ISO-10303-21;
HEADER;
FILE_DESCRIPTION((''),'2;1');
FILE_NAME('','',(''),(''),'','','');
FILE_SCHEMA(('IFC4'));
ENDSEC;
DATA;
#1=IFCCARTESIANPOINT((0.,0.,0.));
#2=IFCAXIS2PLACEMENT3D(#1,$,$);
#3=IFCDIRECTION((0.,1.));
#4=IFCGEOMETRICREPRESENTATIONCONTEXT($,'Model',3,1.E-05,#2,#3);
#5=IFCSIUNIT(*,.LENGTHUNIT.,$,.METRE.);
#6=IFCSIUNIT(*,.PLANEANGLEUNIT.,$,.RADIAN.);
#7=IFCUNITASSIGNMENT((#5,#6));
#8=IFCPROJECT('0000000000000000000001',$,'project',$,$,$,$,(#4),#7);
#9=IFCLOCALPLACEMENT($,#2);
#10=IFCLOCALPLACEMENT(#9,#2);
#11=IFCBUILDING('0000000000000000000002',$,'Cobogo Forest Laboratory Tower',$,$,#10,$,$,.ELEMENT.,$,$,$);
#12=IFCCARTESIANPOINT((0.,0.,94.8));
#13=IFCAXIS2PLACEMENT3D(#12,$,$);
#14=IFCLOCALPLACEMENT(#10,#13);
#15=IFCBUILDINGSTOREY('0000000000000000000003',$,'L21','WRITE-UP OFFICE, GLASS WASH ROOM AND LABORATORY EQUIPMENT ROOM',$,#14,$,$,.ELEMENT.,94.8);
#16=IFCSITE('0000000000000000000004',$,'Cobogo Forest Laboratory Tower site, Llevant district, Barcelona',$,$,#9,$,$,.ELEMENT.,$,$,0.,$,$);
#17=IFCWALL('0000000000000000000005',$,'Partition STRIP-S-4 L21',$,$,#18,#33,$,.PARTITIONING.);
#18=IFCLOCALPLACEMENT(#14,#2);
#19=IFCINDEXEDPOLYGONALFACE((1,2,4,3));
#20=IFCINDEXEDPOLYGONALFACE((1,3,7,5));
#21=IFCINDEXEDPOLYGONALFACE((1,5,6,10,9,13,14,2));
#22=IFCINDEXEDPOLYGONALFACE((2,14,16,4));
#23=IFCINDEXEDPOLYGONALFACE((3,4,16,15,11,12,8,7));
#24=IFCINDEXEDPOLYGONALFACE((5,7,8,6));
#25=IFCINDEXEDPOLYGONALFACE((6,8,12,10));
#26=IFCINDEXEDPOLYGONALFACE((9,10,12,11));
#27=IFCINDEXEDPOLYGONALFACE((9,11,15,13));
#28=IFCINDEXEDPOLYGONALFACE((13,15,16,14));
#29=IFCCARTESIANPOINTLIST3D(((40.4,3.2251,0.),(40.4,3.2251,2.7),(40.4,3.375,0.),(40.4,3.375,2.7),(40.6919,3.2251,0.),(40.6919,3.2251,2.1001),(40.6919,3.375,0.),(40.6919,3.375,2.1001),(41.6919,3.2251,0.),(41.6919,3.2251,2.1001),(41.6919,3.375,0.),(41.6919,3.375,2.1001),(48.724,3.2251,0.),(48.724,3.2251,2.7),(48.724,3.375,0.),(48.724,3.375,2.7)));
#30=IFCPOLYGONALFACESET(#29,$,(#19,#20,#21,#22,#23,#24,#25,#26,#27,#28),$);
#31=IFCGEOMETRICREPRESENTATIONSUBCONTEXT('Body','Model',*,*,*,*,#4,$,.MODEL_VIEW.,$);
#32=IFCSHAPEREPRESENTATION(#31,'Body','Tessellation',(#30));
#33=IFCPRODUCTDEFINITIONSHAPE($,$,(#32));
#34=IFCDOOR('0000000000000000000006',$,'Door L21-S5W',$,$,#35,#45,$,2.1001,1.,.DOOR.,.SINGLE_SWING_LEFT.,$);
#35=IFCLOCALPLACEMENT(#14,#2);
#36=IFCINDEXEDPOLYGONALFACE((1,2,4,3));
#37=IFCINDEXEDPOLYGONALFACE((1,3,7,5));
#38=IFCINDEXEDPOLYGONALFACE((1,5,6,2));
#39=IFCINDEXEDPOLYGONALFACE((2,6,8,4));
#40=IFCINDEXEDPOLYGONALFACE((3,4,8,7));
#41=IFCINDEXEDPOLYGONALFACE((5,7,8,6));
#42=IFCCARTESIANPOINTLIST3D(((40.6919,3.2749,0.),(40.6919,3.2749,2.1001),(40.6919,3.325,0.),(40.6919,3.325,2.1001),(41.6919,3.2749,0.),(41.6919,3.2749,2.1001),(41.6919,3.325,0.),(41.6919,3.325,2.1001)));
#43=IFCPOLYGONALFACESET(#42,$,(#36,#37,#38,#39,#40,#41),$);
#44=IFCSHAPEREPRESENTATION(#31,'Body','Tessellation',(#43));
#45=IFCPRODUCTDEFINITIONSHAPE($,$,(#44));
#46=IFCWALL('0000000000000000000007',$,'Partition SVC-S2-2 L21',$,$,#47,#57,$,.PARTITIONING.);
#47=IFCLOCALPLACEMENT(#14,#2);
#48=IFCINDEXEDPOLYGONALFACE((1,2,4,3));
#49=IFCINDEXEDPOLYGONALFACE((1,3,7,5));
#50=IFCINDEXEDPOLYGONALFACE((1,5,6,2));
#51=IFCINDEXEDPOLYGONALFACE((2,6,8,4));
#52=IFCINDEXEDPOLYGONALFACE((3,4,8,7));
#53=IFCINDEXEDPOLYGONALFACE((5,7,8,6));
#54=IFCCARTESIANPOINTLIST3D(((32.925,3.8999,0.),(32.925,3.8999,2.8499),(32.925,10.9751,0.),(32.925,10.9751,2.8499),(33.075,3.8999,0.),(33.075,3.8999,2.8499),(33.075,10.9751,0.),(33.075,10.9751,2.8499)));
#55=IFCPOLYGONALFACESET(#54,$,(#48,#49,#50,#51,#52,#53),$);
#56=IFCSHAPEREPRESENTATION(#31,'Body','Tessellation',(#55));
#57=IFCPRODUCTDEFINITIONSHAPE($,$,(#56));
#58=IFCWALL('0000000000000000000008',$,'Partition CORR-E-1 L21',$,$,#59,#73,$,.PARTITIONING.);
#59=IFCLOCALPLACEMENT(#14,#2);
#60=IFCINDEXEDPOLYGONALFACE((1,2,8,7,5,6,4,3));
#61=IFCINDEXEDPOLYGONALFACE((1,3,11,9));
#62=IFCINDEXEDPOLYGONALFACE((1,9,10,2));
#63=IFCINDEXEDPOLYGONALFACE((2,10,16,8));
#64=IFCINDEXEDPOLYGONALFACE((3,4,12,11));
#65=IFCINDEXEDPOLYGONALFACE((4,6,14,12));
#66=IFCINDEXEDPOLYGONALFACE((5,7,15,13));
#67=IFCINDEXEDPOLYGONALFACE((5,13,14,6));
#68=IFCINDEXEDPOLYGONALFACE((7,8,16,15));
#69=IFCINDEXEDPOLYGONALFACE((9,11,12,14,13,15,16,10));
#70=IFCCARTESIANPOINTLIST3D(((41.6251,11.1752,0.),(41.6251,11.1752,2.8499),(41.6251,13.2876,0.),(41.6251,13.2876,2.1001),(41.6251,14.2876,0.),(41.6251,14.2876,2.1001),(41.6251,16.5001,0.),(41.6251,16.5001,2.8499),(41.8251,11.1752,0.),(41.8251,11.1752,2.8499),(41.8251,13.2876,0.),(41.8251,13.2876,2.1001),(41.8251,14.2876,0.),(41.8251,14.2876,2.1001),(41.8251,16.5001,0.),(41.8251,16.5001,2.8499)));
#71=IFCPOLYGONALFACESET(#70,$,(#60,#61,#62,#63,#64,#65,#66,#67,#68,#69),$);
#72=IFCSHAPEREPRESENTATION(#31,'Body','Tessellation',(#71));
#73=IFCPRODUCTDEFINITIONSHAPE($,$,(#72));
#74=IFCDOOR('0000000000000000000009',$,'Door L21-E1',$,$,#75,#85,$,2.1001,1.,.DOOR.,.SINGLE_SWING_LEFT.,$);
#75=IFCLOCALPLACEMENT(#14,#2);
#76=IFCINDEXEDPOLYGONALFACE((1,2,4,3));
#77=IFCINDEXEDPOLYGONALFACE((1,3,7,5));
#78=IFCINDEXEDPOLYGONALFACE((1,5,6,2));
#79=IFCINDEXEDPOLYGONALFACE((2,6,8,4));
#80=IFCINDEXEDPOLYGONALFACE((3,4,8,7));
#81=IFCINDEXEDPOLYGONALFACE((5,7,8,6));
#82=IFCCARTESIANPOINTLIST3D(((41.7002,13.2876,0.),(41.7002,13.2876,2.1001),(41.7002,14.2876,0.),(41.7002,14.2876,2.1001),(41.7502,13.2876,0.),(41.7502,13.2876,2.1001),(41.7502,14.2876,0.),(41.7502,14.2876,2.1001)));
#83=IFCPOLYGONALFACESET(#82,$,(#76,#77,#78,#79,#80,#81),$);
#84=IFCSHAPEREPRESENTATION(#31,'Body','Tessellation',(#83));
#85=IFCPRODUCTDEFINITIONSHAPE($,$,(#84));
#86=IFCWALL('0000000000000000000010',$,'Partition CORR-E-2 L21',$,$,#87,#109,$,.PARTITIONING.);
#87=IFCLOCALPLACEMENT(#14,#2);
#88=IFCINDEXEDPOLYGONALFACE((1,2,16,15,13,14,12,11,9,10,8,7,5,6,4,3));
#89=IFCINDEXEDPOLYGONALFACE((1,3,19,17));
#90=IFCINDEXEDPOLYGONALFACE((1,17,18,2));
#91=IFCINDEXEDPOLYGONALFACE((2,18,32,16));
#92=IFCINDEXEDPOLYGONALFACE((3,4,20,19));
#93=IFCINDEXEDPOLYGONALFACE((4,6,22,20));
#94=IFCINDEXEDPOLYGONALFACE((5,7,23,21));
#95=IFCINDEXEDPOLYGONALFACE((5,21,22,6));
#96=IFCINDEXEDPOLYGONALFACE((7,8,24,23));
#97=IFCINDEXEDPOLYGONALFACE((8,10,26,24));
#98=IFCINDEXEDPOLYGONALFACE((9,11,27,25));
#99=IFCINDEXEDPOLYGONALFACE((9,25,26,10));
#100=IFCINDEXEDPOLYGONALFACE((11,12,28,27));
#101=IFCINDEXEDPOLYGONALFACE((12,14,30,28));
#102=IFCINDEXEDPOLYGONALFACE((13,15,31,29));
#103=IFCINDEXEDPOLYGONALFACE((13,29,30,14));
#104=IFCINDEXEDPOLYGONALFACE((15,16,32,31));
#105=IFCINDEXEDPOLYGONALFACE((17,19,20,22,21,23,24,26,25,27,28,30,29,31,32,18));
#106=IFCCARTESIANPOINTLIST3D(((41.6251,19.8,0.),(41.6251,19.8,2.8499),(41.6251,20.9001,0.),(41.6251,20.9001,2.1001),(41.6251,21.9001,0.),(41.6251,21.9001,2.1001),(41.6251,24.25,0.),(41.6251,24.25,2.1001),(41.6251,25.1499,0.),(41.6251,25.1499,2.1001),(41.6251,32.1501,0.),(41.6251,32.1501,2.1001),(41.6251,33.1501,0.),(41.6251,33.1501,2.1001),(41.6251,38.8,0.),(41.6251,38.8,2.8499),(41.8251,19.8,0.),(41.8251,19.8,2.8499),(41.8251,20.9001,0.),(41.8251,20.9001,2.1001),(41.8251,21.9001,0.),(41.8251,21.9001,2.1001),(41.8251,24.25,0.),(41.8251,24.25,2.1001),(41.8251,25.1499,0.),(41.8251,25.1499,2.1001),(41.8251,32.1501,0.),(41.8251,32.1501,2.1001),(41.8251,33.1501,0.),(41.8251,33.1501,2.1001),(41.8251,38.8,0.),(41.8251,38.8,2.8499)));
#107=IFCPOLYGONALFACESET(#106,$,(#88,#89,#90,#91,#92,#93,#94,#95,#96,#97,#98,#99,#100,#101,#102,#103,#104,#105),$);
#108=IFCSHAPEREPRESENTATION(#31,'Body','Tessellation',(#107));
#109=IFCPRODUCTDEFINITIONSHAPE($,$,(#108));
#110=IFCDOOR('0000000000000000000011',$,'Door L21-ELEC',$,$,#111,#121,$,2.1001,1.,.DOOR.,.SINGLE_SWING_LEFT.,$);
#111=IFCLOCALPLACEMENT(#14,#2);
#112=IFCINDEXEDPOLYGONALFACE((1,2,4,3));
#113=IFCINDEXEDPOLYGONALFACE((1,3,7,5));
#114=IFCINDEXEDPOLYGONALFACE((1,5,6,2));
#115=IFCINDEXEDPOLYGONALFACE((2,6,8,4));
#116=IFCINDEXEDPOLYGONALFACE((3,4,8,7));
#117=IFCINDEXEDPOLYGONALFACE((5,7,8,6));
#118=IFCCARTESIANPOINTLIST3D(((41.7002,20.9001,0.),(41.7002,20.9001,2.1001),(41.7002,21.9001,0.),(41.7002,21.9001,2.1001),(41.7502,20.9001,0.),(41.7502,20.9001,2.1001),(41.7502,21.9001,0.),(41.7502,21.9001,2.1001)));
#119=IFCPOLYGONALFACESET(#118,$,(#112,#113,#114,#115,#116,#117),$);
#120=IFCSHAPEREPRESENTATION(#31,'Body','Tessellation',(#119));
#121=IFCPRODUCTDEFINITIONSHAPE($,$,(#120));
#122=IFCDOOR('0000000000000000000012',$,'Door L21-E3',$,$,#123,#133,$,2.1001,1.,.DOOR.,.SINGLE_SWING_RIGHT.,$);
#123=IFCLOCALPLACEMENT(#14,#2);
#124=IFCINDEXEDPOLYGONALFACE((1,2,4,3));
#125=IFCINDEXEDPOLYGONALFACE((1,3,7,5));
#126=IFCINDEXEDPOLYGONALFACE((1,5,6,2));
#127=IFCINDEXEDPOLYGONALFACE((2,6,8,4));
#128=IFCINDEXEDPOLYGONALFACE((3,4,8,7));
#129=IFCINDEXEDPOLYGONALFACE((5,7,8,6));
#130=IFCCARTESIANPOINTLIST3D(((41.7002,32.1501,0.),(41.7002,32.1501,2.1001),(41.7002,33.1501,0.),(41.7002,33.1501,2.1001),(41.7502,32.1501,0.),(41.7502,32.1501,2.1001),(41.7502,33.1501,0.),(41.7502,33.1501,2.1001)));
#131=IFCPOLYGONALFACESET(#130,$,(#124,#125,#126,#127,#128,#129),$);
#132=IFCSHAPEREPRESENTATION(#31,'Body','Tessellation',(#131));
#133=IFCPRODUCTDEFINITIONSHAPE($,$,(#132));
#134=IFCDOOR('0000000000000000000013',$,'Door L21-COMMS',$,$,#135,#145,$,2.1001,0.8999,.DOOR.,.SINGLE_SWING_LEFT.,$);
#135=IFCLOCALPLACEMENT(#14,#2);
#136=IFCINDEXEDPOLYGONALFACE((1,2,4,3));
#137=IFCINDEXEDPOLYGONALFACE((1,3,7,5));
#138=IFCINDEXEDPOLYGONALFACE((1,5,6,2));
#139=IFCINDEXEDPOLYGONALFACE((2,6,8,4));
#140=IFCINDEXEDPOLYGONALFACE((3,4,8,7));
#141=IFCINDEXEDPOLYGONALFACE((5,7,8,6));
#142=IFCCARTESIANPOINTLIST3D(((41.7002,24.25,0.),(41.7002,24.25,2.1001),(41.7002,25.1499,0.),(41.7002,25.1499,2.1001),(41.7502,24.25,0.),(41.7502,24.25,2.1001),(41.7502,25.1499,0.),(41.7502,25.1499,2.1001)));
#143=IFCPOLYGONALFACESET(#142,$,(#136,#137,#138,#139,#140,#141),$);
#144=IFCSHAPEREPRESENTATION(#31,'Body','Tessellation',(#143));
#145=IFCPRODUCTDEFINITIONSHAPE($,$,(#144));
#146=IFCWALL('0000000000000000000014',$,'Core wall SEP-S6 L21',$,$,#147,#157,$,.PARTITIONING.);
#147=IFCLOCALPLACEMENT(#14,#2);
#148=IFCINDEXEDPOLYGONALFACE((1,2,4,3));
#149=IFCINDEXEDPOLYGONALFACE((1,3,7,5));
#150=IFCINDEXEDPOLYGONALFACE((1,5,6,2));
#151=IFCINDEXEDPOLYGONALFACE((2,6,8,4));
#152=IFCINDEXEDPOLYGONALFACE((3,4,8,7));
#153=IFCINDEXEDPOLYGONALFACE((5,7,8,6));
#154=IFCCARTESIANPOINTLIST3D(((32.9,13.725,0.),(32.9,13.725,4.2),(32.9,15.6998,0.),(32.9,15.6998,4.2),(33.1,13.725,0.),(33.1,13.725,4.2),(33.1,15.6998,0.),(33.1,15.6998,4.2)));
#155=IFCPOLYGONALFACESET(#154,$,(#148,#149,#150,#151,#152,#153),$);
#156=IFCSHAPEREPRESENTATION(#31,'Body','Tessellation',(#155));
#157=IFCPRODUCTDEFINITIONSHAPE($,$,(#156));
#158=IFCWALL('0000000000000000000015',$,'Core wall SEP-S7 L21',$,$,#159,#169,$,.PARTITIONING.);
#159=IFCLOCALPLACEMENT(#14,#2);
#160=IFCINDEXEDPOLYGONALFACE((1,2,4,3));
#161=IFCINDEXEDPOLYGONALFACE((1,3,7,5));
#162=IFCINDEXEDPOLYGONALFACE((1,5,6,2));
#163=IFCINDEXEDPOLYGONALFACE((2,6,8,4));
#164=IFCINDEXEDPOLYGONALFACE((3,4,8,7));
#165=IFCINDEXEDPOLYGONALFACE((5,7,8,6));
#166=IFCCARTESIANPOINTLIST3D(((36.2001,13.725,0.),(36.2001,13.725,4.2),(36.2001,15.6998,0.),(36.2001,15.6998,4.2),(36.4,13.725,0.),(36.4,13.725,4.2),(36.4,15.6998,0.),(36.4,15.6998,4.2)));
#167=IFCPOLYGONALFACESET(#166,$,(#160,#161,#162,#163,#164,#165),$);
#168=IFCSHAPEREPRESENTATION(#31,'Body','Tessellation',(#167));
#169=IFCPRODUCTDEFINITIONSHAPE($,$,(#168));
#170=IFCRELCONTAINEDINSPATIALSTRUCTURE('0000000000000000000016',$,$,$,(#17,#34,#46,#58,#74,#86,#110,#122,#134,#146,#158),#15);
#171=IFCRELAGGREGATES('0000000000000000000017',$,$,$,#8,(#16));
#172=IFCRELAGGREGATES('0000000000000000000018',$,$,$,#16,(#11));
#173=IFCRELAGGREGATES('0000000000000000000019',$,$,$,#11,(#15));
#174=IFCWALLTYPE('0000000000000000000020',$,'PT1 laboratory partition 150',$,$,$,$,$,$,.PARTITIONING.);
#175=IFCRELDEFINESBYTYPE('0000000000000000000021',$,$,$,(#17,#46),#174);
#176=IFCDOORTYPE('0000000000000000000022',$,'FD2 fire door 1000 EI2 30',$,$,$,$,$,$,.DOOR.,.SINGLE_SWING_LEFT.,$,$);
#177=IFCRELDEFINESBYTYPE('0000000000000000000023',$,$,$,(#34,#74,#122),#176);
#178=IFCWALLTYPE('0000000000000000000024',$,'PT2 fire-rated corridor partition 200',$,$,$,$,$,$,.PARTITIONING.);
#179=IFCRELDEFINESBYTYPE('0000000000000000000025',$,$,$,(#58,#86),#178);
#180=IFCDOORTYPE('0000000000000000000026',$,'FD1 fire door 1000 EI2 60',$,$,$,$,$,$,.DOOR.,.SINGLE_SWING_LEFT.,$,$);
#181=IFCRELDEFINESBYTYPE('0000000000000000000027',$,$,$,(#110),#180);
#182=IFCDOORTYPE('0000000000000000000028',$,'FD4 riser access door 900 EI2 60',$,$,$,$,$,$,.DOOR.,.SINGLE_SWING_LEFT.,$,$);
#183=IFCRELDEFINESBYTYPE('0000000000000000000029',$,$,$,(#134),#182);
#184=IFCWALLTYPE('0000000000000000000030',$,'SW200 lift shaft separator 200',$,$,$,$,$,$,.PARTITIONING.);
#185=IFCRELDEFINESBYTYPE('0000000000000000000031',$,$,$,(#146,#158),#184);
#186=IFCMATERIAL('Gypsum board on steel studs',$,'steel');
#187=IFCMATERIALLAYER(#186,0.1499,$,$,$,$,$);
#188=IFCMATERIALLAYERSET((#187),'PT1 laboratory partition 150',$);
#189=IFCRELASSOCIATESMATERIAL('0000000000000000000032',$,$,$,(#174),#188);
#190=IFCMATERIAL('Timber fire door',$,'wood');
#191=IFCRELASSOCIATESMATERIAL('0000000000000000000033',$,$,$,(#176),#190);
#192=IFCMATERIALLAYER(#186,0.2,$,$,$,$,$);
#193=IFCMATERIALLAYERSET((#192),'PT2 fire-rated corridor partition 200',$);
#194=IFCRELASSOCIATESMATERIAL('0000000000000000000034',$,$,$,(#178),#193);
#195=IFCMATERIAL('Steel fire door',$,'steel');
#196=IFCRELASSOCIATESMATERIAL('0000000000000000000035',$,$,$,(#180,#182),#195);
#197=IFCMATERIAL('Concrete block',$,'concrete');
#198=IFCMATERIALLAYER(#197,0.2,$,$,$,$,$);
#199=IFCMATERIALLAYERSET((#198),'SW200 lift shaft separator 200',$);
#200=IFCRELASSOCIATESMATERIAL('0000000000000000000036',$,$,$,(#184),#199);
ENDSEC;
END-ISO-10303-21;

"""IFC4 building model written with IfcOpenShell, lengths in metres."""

from ifc_helpers import new_model, si_unit, direction, frame, frame_2d, origin, place, context, subcontext, project, spatial, rectangle, extrude, material, layer, layer_set, type_object, element, fill, save


model = new_model("IFC4")

# Units and contexts
model_context = context("Model", 3, precision=1e-05, world=origin(), true_north=direction((0.0, 1.0)))
body_context = subcontext(model_context, "Body", "Model", "MODEL_VIEW")
ifc_project = project(units=[si_unit("LENGTHUNIT", "METRE"), si_unit("PLANEANGLEUNIT", "RADIAN")], contexts=[model_context])

# Site, building, storey
site_placement = place(None, origin())
site = spatial("IfcSite", under=ifc_project, at=site_placement, Name="Cobogo Forest Laboratory Tower site, Llevant district, Barcelona", CompositionType="ELEMENT", RefElevation=0.0)
building_placement = place(site_placement, origin())
building = spatial("IfcBuilding", under=site, at=building_placement, Name="Cobogo Forest Laboratory Tower", CompositionType="ELEMENT")
storey_placement = place(building_placement, frame((0.0, 0.0, 94.8)))
storey = spatial("IfcBuildingStorey", under=building, at=storey_placement, Name="L21", Description="WRITE-UP OFFICE, GLASS WASH ROOM AND LABORATORY EQUIPMENT ROOM", CompositionType="ELEMENT", Elevation=94.8)

# Shared definitions
ifc_material_1 = material(Name="Steel fire door", Category="steel")

# Shared definitions
ifc_material_2 = material(Name="Gypsum board on steel studs", Category="steel")
ifc_layer_1 = layer(ifc_material_2, 0.1499)
ifc_layer_set_1 = layer_set([ifc_layer_1], Name="PT1 laboratory partition 150")
wall_type_1 = type_object("IfcWallType", Name="PT1 laboratory partition 150", PredefinedType="PARTITIONING", material=ifc_layer_set_1)

# Wall, opening, door
wall_1_placement = place(storey_placement, frame((40.3999, 3.3, 0.0), z_axis=(0.0, 0.0, 1.0), x_axis=(1.0, 0.0, 0.0)))
wall_1 = element("IfcWall", 1, at=wall_1_placement, inside=storey, type_object=wall_type_1, Name="Partition STRIP-S-4 L21", PredefinedType="PARTITIONING", context=body_context, shape_type="SweptSolid", body=[
    extrude(rectangle(XDim=8.324, YDim=0.1499, at=frame_2d((4.1621, 0.0))), origin(), (0.0, 0.0, 1.0), 2.7),
])
opening_1_placement = place(wall_1_placement, frame((0.292, 0.0, 0.0)))
opening_1 = element("IfcOpeningElement", 2, at=opening_1_placement, cuts=wall_1, PredefinedType="OPENING", context=body_context, shape_type="SweptSolid", body=[
    extrude(rectangle(XDim=1.0, YDim=2.1001, at=frame_2d((0.5, 1.05))), frame((0.0, 0.085, 0.0), z_axis=(0.0, -1.0, 0.0), x_axis=(1.0, 0.0, 0.0)), (0.0, 0.0, 1.0), 0.1699),
])
ifc_material_3 = material(Name="Timber fire door", Category="wood")
door_type_1 = type_object("IfcDoorType", Name="FD2 fire door 1000 EI2 30", OperationType="SINGLE_SWING_LEFT", PredefinedType="DOOR", material=ifc_material_3)
door_1_placement = place(opening_1_placement, origin())
door_1 = element("IfcDoor", 3, at=door_1_placement, inside=storey, type_object=door_type_1, Name="Door L21-S5W", OperationType="SINGLE_SWING_LEFT", OverallHeight=2.1001, OverallWidth=1.0, PredefinedType="DOOR", context=body_context, shape_type="SweptSolid", body=[
    extrude(rectangle(XDim=1.0, YDim=2.1001, at=frame_2d((0.5, 1.05))), frame((0.0, 0.0249, 0.0), z_axis=(0.0, -1.0, 0.0), x_axis=(1.0, 0.0, 0.0)), (0.0, 0.0, 1.0), 0.05),
])
fill(opening_1, door_1)

# Wall
wall_2_placement = place(storey_placement, frame((33.0, 3.8999, 0.0), z_axis=(0.0, 0.0, 1.0), x_axis=(0.0, 1.0, 0.0)))
element("IfcWall", 4, at=wall_2_placement, inside=storey, type_object=wall_type_1, Name="Partition SVC-S2-2 L21", PredefinedType="PARTITIONING", context=body_context, shape_type="SweptSolid", body=[
    extrude(rectangle(XDim=7.0752, YDim=0.1499, at=frame_2d((3.5376, 0.0))), origin(), (0.0, 0.0, 1.0), 2.8499),
])

# Wall, opening, door
ifc_layer_2 = layer(ifc_material_2, 0.2)
ifc_layer_set_2 = layer_set([ifc_layer_2], Name="PT2 fire-rated corridor partition 200")
wall_type_2 = type_object("IfcWallType", Name="PT2 fire-rated corridor partition 200", PredefinedType="PARTITIONING", material=ifc_layer_set_2)
wall_3_placement = place(storey_placement, frame((41.7251, 11.175, 0.0), z_axis=(0.0, 0.0, 1.0), x_axis=(0.0, 1.0, 0.0)))
wall_3 = element("IfcWall", 5, at=wall_3_placement, inside=storey, type_object=wall_type_2, Name="Partition CORR-E-1 L21", PredefinedType="PARTITIONING", context=body_context, shape_type="SweptSolid", body=[
    extrude(rectangle(XDim=5.325, YDim=0.2, at=frame_2d((2.6626, 0.0))), origin(), (0.0, 0.0, 1.0), 2.8499),
])
opening_2_placement = place(wall_3_placement, frame((2.1125, 0.0, 0.0)))
opening_2 = element("IfcOpeningElement", 6, at=opening_2_placement, cuts=wall_3, PredefinedType="OPENING", context=body_context, shape_type="SweptSolid", body=[
    extrude(rectangle(XDim=1.0, YDim=2.1001, at=frame_2d((0.5, 1.05))), frame((0.0, 0.1099, 0.0), z_axis=(0.0, -1.0, 0.0), x_axis=(1.0, 0.0, 0.0)), (0.0, 0.0, 1.0), 0.22),
])
door_2_placement = place(opening_2_placement, origin())
door_2 = element("IfcDoor", 7, at=door_2_placement, inside=storey, type_object=door_type_1, Name="Door L21-E1", OperationType="SINGLE_SWING_LEFT", OverallHeight=2.1001, OverallWidth=1.0, PredefinedType="DOOR", context=body_context, shape_type="SweptSolid", body=[
    extrude(rectangle(XDim=1.0, YDim=2.1001, at=frame_2d((0.5, 1.05))), frame((0.0, 0.0249, 0.0), z_axis=(0.0, -1.0, 0.0), x_axis=(1.0, 0.0, 0.0)), (0.0, 0.0, 1.0), 0.05),
])
fill(opening_2, door_2)

# Wall, openings, doors
wall_4_placement = place(storey_placement, frame((41.7251, 19.8, 0.0), z_axis=(0.0, 0.0, 1.0), x_axis=(0.0, 1.0, 0.0)))
wall_4 = element("IfcWall", 8, at=wall_4_placement, inside=storey, type_object=wall_type_2, Name="Partition CORR-E-2 L21", PredefinedType="PARTITIONING", context=body_context, shape_type="SweptSolid", body=[
    extrude(rectangle(XDim=19.0, YDim=0.2, at=frame_2d((9.5, 0.0))), origin(), (0.0, 0.0, 1.0), 2.8499),
])
opening_3_placement = place(wall_4_placement, frame((1.1001, 0.0, 0.0)))
opening_3 = element("IfcOpeningElement", 9, at=opening_3_placement, cuts=wall_4, PredefinedType="OPENING", context=body_context, shape_type="SweptSolid", body=[
    extrude(rectangle(XDim=1.0, YDim=2.1001, at=frame_2d((0.5, 1.05))), frame((0.0, 0.1099, 0.0), z_axis=(0.0, -1.0, 0.0), x_axis=(1.0, 0.0, 0.0)), (0.0, 0.0, 1.0), 0.22),
])
opening_4_placement = place(wall_4_placement, frame((4.45, 0.0, 0.0)))
opening_4 = element("IfcOpeningElement", 10, at=opening_4_placement, cuts=wall_4, PredefinedType="OPENING", context=body_context, shape_type="SweptSolid", body=[
    extrude(rectangle(XDim=0.8999, YDim=2.1001, at=frame_2d((0.45, 1.05))), frame((0.0, 0.1099, 0.0), z_axis=(0.0, -1.0, 0.0), x_axis=(1.0, 0.0, 0.0)), (0.0, 0.0, 1.0), 0.22),
])
opening_5_placement = place(wall_4_placement, frame((12.3501, 0.0, 0.0)))
opening_5 = element("IfcOpeningElement", 11, at=opening_5_placement, cuts=wall_4, PredefinedType="OPENING", context=body_context, shape_type="SweptSolid", body=[
    extrude(rectangle(XDim=1.0, YDim=2.1001, at=frame_2d((0.5, 1.05))), frame((0.0, 0.1099, 0.0), z_axis=(0.0, -1.0, 0.0), x_axis=(1.0, 0.0, 0.0)), (0.0, 0.0, 1.0), 0.22),
])
door_type_2 = type_object("IfcDoorType", Name="FD1 fire door 1000 EI2 60", OperationType="SINGLE_SWING_LEFT", PredefinedType="DOOR", material=ifc_material_1)
door_3_placement = place(opening_3_placement, origin())
door_3 = element("IfcDoor", 12, at=door_3_placement, inside=storey, type_object=door_type_2, Name="Door L21-ELEC", OperationType="SINGLE_SWING_LEFT", OverallHeight=2.1001, OverallWidth=1.0, PredefinedType="DOOR", context=body_context, shape_type="SweptSolid", body=[
    extrude(rectangle(XDim=1.0, YDim=2.1001, at=frame_2d((0.5, 1.05))), frame((0.0, 0.0249, 0.0), z_axis=(0.0, -1.0, 0.0), x_axis=(1.0, 0.0, 0.0)), (0.0, 0.0, 1.0), 0.05),
])
fill(opening_3, door_3)
door_4_placement = place(opening_5_placement, origin())
door_4 = element("IfcDoor", 13, at=door_4_placement, inside=storey, type_object=door_type_1, Name="Door L21-E3", OperationType="SINGLE_SWING_RIGHT", OverallHeight=2.1001, OverallWidth=1.0, PredefinedType="DOOR", context=body_context, shape_type="SweptSolid", body=[
    extrude(rectangle(XDim=1.0, YDim=2.1001, at=frame_2d((0.5, 1.05))), frame((0.0, 0.0249, 0.0), z_axis=(0.0, -1.0, 0.0), x_axis=(1.0, 0.0, 0.0)), (0.0, 0.0, 1.0), 0.05),
])
fill(opening_5, door_4)
door_type_3 = type_object("IfcDoorType", Name="FD4 riser access door 900 EI2 60", OperationType="SINGLE_SWING_LEFT", PredefinedType="DOOR", material=ifc_material_1)
door_5_placement = place(opening_4_placement, origin())
door_5 = element("IfcDoor", 14, at=door_5_placement, inside=storey, type_object=door_type_3, Name="Door L21-COMMS", OperationType="SINGLE_SWING_LEFT", OverallHeight=2.1001, OverallWidth=0.8999, PredefinedType="DOOR", context=body_context, shape_type="SweptSolid", body=[
    extrude(rectangle(XDim=0.8999, YDim=2.1001, at=frame_2d((0.45, 1.05))), frame((0.0, 0.0249, 0.0), z_axis=(0.0, -1.0, 0.0), x_axis=(1.0, 0.0, 0.0)), (0.0, 0.0, 1.0), 0.05),
])
fill(opening_4, door_5)

# Walls
ifc_material_4 = material(Name="Concrete block", Category="concrete")
ifc_layer_3 = layer(ifc_material_4, 0.2)
ifc_layer_set_3 = layer_set([ifc_layer_3], Name="SW200 lift shaft separator 200")
wall_type_3 = type_object("IfcWallType", Name="SW200 lift shaft separator 200", PredefinedType="PARTITIONING", material=ifc_layer_set_3)
for number, where, z_axis, x_axis, name in (
    (15, (33.0, 13.7251, 0.0), (0.0, 0.0, 1.0), (0.0, 1.0, 0.0), "Core wall SEP-S6 L21"),
    (16, (36.3, 13.7251, 0.0), (0.0, 0.0, 1.0), (0.0, 1.0, 0.0), "Core wall SEP-S7 L21"),
):
    element("IfcWall", number, at=place(storey_placement, frame(where, z_axis=z_axis, x_axis=x_axis)), inside=storey, type_object=wall_type_3, Name=name, PredefinedType="PARTITIONING", context=body_context, shape_type="SweptSolid", body=[
        extrude(rectangle(XDim=1.9749, YDim=0.2, at=frame_2d((0.9873, 0.0))), origin(), (0.0, 0.0, 1.0), 4.2),
    ])

save(model, "model.ifc")
